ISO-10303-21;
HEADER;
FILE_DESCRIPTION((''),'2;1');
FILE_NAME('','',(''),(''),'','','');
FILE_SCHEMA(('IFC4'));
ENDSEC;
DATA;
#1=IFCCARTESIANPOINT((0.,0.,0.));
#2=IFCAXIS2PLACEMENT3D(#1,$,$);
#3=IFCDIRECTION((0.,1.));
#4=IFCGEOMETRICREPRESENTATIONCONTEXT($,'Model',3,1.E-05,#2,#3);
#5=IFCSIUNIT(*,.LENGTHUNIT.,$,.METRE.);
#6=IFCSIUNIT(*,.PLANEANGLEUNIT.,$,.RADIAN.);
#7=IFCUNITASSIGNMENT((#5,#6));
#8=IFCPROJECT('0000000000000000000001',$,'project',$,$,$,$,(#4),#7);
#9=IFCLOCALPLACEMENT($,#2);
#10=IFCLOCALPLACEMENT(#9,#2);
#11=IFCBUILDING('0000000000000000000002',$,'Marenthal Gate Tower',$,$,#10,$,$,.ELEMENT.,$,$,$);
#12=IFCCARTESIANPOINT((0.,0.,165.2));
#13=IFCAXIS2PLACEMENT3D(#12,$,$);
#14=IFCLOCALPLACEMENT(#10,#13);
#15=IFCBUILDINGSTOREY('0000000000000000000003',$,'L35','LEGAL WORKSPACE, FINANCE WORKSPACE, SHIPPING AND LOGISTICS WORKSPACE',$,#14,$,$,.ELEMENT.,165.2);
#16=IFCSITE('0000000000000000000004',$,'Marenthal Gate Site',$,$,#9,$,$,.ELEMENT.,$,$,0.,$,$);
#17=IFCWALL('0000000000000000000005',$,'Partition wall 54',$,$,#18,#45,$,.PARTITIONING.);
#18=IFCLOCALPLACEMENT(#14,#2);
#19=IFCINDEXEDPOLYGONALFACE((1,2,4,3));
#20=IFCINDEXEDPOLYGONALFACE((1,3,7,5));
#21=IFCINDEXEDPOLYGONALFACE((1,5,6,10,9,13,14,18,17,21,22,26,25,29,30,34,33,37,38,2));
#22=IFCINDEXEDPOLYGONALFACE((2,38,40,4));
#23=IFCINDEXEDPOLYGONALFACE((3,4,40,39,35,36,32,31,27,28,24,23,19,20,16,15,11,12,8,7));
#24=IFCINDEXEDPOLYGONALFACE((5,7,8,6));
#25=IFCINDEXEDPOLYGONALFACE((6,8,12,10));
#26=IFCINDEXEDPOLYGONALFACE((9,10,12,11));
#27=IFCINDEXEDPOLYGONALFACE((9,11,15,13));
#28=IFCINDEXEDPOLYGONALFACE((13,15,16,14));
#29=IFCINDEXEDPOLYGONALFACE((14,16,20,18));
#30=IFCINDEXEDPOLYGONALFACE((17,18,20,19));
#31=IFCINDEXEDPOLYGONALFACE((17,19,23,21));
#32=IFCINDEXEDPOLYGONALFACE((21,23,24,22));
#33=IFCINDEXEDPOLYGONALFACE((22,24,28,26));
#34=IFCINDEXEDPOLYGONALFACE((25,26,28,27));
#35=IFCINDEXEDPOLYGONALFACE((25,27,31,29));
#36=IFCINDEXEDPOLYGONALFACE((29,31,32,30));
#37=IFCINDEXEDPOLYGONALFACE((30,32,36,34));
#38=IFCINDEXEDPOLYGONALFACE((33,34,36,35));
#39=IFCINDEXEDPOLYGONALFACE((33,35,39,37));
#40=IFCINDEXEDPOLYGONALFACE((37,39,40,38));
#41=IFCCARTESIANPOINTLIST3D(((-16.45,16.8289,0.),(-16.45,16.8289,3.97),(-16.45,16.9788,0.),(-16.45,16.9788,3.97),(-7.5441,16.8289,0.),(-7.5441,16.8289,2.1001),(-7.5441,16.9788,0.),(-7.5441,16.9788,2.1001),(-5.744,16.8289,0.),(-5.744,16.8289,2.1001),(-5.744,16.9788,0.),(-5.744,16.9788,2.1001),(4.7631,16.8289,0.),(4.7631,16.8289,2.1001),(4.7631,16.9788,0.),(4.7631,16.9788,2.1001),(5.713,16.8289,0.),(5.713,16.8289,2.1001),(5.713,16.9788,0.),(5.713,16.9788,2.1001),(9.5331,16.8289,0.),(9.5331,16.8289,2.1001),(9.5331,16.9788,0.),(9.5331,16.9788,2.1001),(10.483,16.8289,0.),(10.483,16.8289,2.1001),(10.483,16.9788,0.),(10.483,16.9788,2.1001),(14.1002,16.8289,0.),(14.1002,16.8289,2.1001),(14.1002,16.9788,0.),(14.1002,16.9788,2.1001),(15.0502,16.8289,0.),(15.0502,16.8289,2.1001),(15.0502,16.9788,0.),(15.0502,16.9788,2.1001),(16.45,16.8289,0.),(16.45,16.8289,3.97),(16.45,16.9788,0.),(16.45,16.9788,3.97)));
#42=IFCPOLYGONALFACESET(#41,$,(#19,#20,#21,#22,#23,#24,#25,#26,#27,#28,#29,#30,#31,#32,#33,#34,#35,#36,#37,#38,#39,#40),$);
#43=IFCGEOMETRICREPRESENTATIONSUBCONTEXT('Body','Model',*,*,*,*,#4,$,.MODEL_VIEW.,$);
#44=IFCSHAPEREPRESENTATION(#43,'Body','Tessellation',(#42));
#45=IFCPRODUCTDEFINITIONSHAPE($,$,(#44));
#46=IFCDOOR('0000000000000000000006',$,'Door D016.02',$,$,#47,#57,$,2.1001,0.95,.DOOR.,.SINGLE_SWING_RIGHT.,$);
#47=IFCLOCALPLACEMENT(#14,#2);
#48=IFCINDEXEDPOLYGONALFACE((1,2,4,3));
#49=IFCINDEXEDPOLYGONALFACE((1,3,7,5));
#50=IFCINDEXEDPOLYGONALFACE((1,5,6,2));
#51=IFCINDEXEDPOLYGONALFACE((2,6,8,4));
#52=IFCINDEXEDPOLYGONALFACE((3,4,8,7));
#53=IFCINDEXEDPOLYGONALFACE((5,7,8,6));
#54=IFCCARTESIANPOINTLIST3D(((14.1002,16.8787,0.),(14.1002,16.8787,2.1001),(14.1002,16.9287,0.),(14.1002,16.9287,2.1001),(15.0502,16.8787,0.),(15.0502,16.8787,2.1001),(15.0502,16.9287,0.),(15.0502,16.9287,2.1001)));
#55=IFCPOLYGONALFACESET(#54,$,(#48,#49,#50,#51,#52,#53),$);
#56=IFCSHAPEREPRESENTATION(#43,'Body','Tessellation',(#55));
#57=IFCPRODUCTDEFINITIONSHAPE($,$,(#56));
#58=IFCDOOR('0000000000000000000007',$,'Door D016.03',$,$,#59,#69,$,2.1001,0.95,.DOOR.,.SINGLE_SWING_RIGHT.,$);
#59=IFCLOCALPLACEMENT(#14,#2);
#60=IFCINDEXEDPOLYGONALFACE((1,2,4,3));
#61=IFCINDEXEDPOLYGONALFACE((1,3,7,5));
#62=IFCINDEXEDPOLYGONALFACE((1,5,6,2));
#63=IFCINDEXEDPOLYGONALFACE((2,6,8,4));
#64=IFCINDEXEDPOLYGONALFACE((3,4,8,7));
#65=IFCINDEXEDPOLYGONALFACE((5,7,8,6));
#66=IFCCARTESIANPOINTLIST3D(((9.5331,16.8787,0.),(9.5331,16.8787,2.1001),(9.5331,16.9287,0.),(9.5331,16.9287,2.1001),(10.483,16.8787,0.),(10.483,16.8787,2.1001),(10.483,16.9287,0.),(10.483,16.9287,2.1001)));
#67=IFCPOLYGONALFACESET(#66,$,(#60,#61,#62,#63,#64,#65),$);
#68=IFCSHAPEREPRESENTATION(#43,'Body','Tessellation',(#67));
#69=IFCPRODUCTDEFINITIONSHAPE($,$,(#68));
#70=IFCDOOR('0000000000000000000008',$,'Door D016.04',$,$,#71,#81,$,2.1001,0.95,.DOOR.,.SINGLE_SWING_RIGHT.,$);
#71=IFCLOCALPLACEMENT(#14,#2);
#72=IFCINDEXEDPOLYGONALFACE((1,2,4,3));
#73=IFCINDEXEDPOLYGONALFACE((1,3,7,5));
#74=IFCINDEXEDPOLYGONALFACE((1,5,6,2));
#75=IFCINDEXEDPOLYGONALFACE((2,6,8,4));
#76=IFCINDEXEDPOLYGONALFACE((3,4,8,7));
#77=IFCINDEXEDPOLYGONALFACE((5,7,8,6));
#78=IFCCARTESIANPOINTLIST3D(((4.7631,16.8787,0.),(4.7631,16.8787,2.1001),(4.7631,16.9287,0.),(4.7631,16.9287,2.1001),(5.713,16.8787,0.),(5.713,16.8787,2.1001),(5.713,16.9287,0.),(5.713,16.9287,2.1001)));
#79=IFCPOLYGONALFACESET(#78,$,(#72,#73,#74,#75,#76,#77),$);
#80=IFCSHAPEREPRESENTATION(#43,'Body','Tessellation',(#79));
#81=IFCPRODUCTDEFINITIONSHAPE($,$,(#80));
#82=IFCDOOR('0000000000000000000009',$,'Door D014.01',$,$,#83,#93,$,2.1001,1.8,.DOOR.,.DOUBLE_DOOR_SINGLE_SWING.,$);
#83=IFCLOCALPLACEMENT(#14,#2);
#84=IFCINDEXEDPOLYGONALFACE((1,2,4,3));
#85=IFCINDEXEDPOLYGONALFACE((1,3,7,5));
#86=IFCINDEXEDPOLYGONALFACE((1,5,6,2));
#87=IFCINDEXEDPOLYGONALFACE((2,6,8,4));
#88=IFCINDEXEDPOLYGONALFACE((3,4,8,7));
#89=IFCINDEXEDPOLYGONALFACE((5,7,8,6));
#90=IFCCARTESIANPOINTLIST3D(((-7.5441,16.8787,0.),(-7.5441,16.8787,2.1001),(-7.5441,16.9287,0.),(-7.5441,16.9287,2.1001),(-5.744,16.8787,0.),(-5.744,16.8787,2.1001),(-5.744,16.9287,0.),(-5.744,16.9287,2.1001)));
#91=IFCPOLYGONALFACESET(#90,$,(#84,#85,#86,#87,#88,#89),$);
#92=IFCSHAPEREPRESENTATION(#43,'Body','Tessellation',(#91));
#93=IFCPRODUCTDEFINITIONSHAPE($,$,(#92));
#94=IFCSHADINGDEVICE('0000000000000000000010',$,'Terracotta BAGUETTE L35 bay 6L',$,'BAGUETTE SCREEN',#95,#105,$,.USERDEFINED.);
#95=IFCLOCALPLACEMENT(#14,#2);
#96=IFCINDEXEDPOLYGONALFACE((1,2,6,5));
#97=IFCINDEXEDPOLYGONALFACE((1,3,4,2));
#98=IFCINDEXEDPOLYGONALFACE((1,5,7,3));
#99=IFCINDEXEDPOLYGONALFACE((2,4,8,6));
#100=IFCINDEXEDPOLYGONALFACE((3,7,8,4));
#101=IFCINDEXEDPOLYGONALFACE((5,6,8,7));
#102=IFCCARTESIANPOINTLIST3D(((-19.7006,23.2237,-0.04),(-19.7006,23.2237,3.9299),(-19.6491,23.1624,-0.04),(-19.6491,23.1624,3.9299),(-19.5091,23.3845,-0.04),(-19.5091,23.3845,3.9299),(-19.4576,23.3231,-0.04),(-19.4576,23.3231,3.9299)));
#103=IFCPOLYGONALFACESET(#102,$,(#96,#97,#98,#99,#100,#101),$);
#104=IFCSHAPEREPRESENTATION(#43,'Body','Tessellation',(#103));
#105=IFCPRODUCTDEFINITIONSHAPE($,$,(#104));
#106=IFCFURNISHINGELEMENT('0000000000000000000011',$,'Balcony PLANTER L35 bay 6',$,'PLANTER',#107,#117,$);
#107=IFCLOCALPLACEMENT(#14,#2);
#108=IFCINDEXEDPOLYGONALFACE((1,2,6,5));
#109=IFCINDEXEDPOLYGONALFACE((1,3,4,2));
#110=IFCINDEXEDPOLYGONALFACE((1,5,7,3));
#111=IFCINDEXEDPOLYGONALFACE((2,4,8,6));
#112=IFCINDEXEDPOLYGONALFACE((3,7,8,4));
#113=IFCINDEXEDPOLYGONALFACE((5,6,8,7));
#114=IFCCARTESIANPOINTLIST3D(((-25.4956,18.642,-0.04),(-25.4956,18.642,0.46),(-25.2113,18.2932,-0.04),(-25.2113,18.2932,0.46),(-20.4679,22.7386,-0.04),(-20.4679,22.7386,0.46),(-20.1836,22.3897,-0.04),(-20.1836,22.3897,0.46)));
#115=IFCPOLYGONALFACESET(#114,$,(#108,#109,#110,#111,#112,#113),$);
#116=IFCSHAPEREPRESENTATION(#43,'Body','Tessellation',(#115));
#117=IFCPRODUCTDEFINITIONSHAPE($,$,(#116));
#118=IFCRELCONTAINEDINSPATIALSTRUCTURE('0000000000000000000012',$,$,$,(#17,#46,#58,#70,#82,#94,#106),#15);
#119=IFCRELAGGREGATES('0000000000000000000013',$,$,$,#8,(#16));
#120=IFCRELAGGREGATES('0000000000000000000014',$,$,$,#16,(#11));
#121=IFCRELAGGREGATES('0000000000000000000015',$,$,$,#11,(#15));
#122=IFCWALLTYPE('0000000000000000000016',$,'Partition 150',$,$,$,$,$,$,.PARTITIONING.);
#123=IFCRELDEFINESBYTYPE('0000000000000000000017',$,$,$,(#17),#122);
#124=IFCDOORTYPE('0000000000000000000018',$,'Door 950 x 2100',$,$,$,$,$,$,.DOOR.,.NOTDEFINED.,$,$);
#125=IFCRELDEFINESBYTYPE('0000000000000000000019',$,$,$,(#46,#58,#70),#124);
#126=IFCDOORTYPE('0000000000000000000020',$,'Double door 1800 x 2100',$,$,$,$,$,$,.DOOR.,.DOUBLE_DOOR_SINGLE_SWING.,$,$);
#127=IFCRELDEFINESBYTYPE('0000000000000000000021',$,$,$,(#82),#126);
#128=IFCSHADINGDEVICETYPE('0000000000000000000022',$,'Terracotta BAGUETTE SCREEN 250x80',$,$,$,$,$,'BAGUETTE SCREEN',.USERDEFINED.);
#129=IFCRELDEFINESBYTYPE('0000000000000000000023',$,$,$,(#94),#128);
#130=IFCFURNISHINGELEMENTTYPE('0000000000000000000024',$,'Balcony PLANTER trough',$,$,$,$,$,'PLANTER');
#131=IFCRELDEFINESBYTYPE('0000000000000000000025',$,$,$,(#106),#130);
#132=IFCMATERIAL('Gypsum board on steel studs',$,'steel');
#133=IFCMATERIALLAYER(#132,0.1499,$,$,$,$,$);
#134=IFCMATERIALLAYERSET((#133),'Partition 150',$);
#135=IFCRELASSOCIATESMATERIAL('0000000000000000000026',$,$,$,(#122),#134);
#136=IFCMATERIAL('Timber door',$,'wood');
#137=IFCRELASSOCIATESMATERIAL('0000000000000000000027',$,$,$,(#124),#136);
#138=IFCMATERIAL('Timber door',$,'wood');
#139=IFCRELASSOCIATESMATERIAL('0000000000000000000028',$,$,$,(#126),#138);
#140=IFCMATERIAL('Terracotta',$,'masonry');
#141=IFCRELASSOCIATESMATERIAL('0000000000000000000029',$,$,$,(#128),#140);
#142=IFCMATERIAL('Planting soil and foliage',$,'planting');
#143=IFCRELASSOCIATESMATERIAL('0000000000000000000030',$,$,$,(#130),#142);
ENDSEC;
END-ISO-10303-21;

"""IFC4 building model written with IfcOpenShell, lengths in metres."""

from ifc_helpers import new_model, si_unit, direction, frame, frame_2d, origin, origin_2d, place, context, subcontext, project, spatial, rectangle, extrude, material, layer, layer_set, material_profile, profile_set, type_object, element, fill, save


model = new_model("IFC4")

# Units and contexts
model_context = context("Model", 3, precision=1e-05, world=origin(), true_north=direction((0.0, 1.0)))
body_context = subcontext(model_context, "Body", "Model", "MODEL_VIEW")
ifc_project = project(units=[si_unit("LENGTHUNIT", "METRE"), si_unit("PLANEANGLEUNIT", "RADIAN")], contexts=[model_context])

# Site, building, storey
site_placement = place(None, origin())
site = spatial("IfcSite", under=ifc_project, at=site_placement, Name="Marenthal Gate Site", CompositionType="ELEMENT", RefElevation=0.0)
building_placement = place(site_placement, origin())
building = spatial("IfcBuilding", under=site, at=building_placement, Name="Marenthal Gate Tower", CompositionType="ELEMENT")
storey_placement = place(building_placement, frame((0.0, 0.0, 165.2)))
storey = spatial("IfcBuildingStorey", under=building, at=storey_placement, Name="L35", Description="LEGAL WORKSPACE, FINANCE WORKSPACE, SHIPPING AND LOGISTICS WORKSPACE", CompositionType="ELEMENT", Elevation=165.2)

# Shared definitions
ifc_material_1 = material(Name="Gypsum board on steel studs", Category="steel")
ifc_layer_1 = layer(ifc_material_1, 0.1499)
ifc_layer_set_1 = layer_set([ifc_layer_1], Name="Partition 150")
wall_type_1 = type_object("IfcWallType", Name="Partition 150", PredefinedType="PARTITIONING", material=ifc_layer_set_1)

# Wall, openings, doors
wall_1_placement = place(storey_placement, frame((-16.45, 16.9038, 0.0), z_axis=(0.0, 0.0, 1.0), x_axis=(1.0, 0.0, 0.0)))
wall_1 = element("IfcWall", 1, at=wall_1_placement, inside=storey, type_object=wall_type_1, Name="Partition wall 54", PredefinedType="PARTITIONING", context=body_context, shape_type="SweptSolid", body=[
    extrude(rectangle(XDim=32.8999, YDim=0.1499, at=frame_2d((16.45, 0.0))), origin(), (0.0, 0.0, 1.0), 3.97),
])
opening_1_placement = place(wall_1_placement, frame((30.55, 0.0, 0.0)))
opening_1 = element("IfcOpeningElement", 2, at=opening_1_placement, cuts=wall_1, PredefinedType="OPENING", context=body_context, shape_type="SweptSolid", body=[
    extrude(rectangle(XDim=0.95, YDim=2.1001, at=frame_2d((0.4751, 1.05))), frame((0.0, 0.085, 0.0), z_axis=(0.0, -1.0, 0.0), x_axis=(1.0, 0.0, 0.0)), (0.0, 0.0, 1.0), 0.1699),
])
opening_2_placement = place(wall_1_placement, frame((25.9829, 0.0, 0.0)))
opening_2 = element("IfcOpeningElement", 3, at=opening_2_placement, cuts=wall_1, PredefinedType="OPENING", context=body_context, shape_type="SweptSolid", body=[
    extrude(rectangle(XDim=0.95, YDim=2.1001, at=frame_2d((0.4751, 1.05))), frame((0.0, 0.085, 0.0), z_axis=(0.0, -1.0, 0.0), x_axis=(1.0, 0.0, 0.0)), (0.0, 0.0, 1.0), 0.1699),
])
opening_3_placement = place(wall_1_placement, frame((21.2129, 0.0, 0.0)))
opening_3 = element("IfcOpeningElement", 4, at=opening_3_placement, cuts=wall_1, PredefinedType="OPENING", context=body_context, shape_type="SweptSolid", body=[
    extrude(rectangle(XDim=0.95, YDim=2.1001, at=frame_2d((0.4751, 1.05))), frame((0.0, 0.085, 0.0), z_axis=(0.0, -1.0, 0.0), x_axis=(1.0, 0.0, 0.0)), (0.0, 0.0, 1.0), 0.1699),
])
opening_4_placement = place(wall_1_placement, frame((8.906, 0.0, 0.0)))
opening_4 = element("IfcOpeningElement", 5, at=opening_4_placement, cuts=wall_1, PredefinedType="OPENING", context=body_context, shape_type="SweptSolid", body=[
    extrude(rectangle(XDim=1.8, YDim=2.1001, at=frame_2d((0.8999, 1.05))), frame((0.0, 0.085, 0.0), z_axis=(0.0, -1.0, 0.0), x_axis=(1.0, 0.0, 0.0)), (0.0, 0.0, 1.0), 0.1699),
])
ifc_material_2 = material(Name="Timber door", Category="wood")
door_type_1 = type_object("IfcDoorType", Name="Door 950 x 2100", OperationType="NOTDEFINED", PredefinedType="DOOR", material=ifc_material_2)
door_1_placement = place(opening_1_placement, origin())
door_1 = element("IfcDoor", 6, at=door_1_placement, inside=storey, type_object=door_type_1, Name="Door D016.02", OperationType="SINGLE_SWING_RIGHT", OverallHeight=2.1001, OverallWidth=0.95, PredefinedType="DOOR", context=body_context, shape_type="SweptSolid", body=[
    extrude(rectangle(XDim=0.95, YDim=2.1001, at=frame_2d((0.4751, 1.05))), frame((0.0, 0.0249, 0.0), z_axis=(0.0, -1.0, 0.0), x_axis=(1.0, 0.0, 0.0)), (0.0, 0.0, 1.0), 0.05),
])
fill(opening_1, door_1)
door_2_placement = place(opening_2_placement, origin())
door_2 = element("IfcDoor", 7, at=door_2_placement, inside=storey, type_object=door_type_1, Name="Door D016.03", OperationType="SINGLE_SWING_RIGHT", OverallHeight=2.1001, OverallWidth=0.95, PredefinedType="DOOR", context=body_context, shape_type="SweptSolid", body=[
    extrude(rectangle(XDim=0.95, YDim=2.1001, at=frame_2d((0.4751, 1.05))), frame((0.0, 0.0249, 0.0), z_axis=(0.0, -1.0, 0.0), x_axis=(1.0, 0.0, 0.0)), (0.0, 0.0, 1.0), 0.05),
])
fill(opening_2, door_2)
door_3_placement = place(opening_3_placement, origin())
door_3 = element("IfcDoor", 8, at=door_3_placement, inside=storey, type_object=door_type_1, Name="Door D016.04", OperationType="SINGLE_SWING_RIGHT", OverallHeight=2.1001, OverallWidth=0.95, PredefinedType="DOOR", context=body_context, shape_type="SweptSolid", body=[
    extrude(rectangle(XDim=0.95, YDim=2.1001, at=frame_2d((0.4751, 1.05))), frame((0.0, 0.0249, 0.0), z_axis=(0.0, -1.0, 0.0), x_axis=(1.0, 0.0, 0.0)), (0.0, 0.0, 1.0), 0.05),
])
fill(opening_3, door_3)
ifc_material_3 = material(Name="Timber door", Category="wood")
door_type_2 = type_object("IfcDoorType", Name="Double door 1800 x 2100", OperationType="DOUBLE_DOOR_SINGLE_SWING", PredefinedType="DOOR", material=ifc_material_3)
door_4_placement = place(opening_4_placement, origin())
door_4 = element("IfcDoor", 9, at=door_4_placement, inside=storey, type_object=door_type_2, Name="Door D014.01", OperationType="DOUBLE_DOOR_SINGLE_SWING", OverallHeight=2.1001, OverallWidth=1.8, PredefinedType="DOOR", context=body_context, shape_type="SweptSolid", body=[
    extrude(rectangle(XDim=1.8, YDim=2.1001, at=frame_2d((0.8999, 1.05))), frame((0.0, 0.0249, 0.0), z_axis=(0.0, -1.0, 0.0), x_axis=(1.0, 0.0, 0.0)), (0.0, 0.0, 1.0), 0.05),
])
fill(opening_4, door_4)

# Shading device
ifc_material_4 = material(Name="Terracotta", Category="masonry")
ifc_material_profile_1 = material_profile(ifc_material_4, rectangle(XDim=0.25, YDim=0.0801, at=origin_2d()), Name="Terracotta baguette 250x80")
ifc_profile_set_1 = profile_set([ifc_material_profile_1], Name="Terracotta")
shading_device_type = type_object("IfcShadingDeviceType", Name="Terracotta BAGUETTE SCREEN 250x80", ElementType="BAGUETTE SCREEN", PredefinedType="USERDEFINED", material=ifc_profile_set_1)
shading_device_placement = place(storey_placement, frame((-19.5791, 23.2734, -0.04), z_axis=(0.0, 0.0, 1.0), x_axis=(-0.765921, -0.642935, 0.0)))
element("IfcShadingDevice", 10, at=shading_device_placement, inside=storey, type_object=shading_device_type, Name="Terracotta BAGUETTE L35 bay 6L", ObjectType="BAGUETTE SCREEN", PredefinedType="USERDEFINED", context=body_context, shape_type="SweptSolid", body=[
    extrude(rectangle(XDim=0.25, YDim=0.0801, at=origin_2d()), origin(), (0.0, 0.0, 1.0), 3.97),
])

# Furnishing element
ifc_material_5 = material(Name="Planting soil and foliage", Category="planting")
furnishing_element_type = type_object("IfcFurnishingElementType", Name="Balcony PLANTER trough", ElementType="PLANTER", material=ifc_material_5)
furnishing_placement = place(storey_placement, frame((-22.8396, 20.5159, -0.04), z_axis=(0.0, 0.0, 1.0), x_axis=(-0.77524, -0.631667, 0.0)))
element("IfcFurnishingElement", 11, at=furnishing_placement, inside=storey, type_object=furnishing_element_type, Name="Balcony PLANTER L35 bay 6", ObjectType="PLANTER", context=body_context, shape_type="SweptSolid", body=[
    extrude(rectangle(XDim=6.4854, YDim=0.45, at=origin_2d()), origin(), (0.0, 0.0, 1.0), 0.5),
])

save(model, "model.ifc")
